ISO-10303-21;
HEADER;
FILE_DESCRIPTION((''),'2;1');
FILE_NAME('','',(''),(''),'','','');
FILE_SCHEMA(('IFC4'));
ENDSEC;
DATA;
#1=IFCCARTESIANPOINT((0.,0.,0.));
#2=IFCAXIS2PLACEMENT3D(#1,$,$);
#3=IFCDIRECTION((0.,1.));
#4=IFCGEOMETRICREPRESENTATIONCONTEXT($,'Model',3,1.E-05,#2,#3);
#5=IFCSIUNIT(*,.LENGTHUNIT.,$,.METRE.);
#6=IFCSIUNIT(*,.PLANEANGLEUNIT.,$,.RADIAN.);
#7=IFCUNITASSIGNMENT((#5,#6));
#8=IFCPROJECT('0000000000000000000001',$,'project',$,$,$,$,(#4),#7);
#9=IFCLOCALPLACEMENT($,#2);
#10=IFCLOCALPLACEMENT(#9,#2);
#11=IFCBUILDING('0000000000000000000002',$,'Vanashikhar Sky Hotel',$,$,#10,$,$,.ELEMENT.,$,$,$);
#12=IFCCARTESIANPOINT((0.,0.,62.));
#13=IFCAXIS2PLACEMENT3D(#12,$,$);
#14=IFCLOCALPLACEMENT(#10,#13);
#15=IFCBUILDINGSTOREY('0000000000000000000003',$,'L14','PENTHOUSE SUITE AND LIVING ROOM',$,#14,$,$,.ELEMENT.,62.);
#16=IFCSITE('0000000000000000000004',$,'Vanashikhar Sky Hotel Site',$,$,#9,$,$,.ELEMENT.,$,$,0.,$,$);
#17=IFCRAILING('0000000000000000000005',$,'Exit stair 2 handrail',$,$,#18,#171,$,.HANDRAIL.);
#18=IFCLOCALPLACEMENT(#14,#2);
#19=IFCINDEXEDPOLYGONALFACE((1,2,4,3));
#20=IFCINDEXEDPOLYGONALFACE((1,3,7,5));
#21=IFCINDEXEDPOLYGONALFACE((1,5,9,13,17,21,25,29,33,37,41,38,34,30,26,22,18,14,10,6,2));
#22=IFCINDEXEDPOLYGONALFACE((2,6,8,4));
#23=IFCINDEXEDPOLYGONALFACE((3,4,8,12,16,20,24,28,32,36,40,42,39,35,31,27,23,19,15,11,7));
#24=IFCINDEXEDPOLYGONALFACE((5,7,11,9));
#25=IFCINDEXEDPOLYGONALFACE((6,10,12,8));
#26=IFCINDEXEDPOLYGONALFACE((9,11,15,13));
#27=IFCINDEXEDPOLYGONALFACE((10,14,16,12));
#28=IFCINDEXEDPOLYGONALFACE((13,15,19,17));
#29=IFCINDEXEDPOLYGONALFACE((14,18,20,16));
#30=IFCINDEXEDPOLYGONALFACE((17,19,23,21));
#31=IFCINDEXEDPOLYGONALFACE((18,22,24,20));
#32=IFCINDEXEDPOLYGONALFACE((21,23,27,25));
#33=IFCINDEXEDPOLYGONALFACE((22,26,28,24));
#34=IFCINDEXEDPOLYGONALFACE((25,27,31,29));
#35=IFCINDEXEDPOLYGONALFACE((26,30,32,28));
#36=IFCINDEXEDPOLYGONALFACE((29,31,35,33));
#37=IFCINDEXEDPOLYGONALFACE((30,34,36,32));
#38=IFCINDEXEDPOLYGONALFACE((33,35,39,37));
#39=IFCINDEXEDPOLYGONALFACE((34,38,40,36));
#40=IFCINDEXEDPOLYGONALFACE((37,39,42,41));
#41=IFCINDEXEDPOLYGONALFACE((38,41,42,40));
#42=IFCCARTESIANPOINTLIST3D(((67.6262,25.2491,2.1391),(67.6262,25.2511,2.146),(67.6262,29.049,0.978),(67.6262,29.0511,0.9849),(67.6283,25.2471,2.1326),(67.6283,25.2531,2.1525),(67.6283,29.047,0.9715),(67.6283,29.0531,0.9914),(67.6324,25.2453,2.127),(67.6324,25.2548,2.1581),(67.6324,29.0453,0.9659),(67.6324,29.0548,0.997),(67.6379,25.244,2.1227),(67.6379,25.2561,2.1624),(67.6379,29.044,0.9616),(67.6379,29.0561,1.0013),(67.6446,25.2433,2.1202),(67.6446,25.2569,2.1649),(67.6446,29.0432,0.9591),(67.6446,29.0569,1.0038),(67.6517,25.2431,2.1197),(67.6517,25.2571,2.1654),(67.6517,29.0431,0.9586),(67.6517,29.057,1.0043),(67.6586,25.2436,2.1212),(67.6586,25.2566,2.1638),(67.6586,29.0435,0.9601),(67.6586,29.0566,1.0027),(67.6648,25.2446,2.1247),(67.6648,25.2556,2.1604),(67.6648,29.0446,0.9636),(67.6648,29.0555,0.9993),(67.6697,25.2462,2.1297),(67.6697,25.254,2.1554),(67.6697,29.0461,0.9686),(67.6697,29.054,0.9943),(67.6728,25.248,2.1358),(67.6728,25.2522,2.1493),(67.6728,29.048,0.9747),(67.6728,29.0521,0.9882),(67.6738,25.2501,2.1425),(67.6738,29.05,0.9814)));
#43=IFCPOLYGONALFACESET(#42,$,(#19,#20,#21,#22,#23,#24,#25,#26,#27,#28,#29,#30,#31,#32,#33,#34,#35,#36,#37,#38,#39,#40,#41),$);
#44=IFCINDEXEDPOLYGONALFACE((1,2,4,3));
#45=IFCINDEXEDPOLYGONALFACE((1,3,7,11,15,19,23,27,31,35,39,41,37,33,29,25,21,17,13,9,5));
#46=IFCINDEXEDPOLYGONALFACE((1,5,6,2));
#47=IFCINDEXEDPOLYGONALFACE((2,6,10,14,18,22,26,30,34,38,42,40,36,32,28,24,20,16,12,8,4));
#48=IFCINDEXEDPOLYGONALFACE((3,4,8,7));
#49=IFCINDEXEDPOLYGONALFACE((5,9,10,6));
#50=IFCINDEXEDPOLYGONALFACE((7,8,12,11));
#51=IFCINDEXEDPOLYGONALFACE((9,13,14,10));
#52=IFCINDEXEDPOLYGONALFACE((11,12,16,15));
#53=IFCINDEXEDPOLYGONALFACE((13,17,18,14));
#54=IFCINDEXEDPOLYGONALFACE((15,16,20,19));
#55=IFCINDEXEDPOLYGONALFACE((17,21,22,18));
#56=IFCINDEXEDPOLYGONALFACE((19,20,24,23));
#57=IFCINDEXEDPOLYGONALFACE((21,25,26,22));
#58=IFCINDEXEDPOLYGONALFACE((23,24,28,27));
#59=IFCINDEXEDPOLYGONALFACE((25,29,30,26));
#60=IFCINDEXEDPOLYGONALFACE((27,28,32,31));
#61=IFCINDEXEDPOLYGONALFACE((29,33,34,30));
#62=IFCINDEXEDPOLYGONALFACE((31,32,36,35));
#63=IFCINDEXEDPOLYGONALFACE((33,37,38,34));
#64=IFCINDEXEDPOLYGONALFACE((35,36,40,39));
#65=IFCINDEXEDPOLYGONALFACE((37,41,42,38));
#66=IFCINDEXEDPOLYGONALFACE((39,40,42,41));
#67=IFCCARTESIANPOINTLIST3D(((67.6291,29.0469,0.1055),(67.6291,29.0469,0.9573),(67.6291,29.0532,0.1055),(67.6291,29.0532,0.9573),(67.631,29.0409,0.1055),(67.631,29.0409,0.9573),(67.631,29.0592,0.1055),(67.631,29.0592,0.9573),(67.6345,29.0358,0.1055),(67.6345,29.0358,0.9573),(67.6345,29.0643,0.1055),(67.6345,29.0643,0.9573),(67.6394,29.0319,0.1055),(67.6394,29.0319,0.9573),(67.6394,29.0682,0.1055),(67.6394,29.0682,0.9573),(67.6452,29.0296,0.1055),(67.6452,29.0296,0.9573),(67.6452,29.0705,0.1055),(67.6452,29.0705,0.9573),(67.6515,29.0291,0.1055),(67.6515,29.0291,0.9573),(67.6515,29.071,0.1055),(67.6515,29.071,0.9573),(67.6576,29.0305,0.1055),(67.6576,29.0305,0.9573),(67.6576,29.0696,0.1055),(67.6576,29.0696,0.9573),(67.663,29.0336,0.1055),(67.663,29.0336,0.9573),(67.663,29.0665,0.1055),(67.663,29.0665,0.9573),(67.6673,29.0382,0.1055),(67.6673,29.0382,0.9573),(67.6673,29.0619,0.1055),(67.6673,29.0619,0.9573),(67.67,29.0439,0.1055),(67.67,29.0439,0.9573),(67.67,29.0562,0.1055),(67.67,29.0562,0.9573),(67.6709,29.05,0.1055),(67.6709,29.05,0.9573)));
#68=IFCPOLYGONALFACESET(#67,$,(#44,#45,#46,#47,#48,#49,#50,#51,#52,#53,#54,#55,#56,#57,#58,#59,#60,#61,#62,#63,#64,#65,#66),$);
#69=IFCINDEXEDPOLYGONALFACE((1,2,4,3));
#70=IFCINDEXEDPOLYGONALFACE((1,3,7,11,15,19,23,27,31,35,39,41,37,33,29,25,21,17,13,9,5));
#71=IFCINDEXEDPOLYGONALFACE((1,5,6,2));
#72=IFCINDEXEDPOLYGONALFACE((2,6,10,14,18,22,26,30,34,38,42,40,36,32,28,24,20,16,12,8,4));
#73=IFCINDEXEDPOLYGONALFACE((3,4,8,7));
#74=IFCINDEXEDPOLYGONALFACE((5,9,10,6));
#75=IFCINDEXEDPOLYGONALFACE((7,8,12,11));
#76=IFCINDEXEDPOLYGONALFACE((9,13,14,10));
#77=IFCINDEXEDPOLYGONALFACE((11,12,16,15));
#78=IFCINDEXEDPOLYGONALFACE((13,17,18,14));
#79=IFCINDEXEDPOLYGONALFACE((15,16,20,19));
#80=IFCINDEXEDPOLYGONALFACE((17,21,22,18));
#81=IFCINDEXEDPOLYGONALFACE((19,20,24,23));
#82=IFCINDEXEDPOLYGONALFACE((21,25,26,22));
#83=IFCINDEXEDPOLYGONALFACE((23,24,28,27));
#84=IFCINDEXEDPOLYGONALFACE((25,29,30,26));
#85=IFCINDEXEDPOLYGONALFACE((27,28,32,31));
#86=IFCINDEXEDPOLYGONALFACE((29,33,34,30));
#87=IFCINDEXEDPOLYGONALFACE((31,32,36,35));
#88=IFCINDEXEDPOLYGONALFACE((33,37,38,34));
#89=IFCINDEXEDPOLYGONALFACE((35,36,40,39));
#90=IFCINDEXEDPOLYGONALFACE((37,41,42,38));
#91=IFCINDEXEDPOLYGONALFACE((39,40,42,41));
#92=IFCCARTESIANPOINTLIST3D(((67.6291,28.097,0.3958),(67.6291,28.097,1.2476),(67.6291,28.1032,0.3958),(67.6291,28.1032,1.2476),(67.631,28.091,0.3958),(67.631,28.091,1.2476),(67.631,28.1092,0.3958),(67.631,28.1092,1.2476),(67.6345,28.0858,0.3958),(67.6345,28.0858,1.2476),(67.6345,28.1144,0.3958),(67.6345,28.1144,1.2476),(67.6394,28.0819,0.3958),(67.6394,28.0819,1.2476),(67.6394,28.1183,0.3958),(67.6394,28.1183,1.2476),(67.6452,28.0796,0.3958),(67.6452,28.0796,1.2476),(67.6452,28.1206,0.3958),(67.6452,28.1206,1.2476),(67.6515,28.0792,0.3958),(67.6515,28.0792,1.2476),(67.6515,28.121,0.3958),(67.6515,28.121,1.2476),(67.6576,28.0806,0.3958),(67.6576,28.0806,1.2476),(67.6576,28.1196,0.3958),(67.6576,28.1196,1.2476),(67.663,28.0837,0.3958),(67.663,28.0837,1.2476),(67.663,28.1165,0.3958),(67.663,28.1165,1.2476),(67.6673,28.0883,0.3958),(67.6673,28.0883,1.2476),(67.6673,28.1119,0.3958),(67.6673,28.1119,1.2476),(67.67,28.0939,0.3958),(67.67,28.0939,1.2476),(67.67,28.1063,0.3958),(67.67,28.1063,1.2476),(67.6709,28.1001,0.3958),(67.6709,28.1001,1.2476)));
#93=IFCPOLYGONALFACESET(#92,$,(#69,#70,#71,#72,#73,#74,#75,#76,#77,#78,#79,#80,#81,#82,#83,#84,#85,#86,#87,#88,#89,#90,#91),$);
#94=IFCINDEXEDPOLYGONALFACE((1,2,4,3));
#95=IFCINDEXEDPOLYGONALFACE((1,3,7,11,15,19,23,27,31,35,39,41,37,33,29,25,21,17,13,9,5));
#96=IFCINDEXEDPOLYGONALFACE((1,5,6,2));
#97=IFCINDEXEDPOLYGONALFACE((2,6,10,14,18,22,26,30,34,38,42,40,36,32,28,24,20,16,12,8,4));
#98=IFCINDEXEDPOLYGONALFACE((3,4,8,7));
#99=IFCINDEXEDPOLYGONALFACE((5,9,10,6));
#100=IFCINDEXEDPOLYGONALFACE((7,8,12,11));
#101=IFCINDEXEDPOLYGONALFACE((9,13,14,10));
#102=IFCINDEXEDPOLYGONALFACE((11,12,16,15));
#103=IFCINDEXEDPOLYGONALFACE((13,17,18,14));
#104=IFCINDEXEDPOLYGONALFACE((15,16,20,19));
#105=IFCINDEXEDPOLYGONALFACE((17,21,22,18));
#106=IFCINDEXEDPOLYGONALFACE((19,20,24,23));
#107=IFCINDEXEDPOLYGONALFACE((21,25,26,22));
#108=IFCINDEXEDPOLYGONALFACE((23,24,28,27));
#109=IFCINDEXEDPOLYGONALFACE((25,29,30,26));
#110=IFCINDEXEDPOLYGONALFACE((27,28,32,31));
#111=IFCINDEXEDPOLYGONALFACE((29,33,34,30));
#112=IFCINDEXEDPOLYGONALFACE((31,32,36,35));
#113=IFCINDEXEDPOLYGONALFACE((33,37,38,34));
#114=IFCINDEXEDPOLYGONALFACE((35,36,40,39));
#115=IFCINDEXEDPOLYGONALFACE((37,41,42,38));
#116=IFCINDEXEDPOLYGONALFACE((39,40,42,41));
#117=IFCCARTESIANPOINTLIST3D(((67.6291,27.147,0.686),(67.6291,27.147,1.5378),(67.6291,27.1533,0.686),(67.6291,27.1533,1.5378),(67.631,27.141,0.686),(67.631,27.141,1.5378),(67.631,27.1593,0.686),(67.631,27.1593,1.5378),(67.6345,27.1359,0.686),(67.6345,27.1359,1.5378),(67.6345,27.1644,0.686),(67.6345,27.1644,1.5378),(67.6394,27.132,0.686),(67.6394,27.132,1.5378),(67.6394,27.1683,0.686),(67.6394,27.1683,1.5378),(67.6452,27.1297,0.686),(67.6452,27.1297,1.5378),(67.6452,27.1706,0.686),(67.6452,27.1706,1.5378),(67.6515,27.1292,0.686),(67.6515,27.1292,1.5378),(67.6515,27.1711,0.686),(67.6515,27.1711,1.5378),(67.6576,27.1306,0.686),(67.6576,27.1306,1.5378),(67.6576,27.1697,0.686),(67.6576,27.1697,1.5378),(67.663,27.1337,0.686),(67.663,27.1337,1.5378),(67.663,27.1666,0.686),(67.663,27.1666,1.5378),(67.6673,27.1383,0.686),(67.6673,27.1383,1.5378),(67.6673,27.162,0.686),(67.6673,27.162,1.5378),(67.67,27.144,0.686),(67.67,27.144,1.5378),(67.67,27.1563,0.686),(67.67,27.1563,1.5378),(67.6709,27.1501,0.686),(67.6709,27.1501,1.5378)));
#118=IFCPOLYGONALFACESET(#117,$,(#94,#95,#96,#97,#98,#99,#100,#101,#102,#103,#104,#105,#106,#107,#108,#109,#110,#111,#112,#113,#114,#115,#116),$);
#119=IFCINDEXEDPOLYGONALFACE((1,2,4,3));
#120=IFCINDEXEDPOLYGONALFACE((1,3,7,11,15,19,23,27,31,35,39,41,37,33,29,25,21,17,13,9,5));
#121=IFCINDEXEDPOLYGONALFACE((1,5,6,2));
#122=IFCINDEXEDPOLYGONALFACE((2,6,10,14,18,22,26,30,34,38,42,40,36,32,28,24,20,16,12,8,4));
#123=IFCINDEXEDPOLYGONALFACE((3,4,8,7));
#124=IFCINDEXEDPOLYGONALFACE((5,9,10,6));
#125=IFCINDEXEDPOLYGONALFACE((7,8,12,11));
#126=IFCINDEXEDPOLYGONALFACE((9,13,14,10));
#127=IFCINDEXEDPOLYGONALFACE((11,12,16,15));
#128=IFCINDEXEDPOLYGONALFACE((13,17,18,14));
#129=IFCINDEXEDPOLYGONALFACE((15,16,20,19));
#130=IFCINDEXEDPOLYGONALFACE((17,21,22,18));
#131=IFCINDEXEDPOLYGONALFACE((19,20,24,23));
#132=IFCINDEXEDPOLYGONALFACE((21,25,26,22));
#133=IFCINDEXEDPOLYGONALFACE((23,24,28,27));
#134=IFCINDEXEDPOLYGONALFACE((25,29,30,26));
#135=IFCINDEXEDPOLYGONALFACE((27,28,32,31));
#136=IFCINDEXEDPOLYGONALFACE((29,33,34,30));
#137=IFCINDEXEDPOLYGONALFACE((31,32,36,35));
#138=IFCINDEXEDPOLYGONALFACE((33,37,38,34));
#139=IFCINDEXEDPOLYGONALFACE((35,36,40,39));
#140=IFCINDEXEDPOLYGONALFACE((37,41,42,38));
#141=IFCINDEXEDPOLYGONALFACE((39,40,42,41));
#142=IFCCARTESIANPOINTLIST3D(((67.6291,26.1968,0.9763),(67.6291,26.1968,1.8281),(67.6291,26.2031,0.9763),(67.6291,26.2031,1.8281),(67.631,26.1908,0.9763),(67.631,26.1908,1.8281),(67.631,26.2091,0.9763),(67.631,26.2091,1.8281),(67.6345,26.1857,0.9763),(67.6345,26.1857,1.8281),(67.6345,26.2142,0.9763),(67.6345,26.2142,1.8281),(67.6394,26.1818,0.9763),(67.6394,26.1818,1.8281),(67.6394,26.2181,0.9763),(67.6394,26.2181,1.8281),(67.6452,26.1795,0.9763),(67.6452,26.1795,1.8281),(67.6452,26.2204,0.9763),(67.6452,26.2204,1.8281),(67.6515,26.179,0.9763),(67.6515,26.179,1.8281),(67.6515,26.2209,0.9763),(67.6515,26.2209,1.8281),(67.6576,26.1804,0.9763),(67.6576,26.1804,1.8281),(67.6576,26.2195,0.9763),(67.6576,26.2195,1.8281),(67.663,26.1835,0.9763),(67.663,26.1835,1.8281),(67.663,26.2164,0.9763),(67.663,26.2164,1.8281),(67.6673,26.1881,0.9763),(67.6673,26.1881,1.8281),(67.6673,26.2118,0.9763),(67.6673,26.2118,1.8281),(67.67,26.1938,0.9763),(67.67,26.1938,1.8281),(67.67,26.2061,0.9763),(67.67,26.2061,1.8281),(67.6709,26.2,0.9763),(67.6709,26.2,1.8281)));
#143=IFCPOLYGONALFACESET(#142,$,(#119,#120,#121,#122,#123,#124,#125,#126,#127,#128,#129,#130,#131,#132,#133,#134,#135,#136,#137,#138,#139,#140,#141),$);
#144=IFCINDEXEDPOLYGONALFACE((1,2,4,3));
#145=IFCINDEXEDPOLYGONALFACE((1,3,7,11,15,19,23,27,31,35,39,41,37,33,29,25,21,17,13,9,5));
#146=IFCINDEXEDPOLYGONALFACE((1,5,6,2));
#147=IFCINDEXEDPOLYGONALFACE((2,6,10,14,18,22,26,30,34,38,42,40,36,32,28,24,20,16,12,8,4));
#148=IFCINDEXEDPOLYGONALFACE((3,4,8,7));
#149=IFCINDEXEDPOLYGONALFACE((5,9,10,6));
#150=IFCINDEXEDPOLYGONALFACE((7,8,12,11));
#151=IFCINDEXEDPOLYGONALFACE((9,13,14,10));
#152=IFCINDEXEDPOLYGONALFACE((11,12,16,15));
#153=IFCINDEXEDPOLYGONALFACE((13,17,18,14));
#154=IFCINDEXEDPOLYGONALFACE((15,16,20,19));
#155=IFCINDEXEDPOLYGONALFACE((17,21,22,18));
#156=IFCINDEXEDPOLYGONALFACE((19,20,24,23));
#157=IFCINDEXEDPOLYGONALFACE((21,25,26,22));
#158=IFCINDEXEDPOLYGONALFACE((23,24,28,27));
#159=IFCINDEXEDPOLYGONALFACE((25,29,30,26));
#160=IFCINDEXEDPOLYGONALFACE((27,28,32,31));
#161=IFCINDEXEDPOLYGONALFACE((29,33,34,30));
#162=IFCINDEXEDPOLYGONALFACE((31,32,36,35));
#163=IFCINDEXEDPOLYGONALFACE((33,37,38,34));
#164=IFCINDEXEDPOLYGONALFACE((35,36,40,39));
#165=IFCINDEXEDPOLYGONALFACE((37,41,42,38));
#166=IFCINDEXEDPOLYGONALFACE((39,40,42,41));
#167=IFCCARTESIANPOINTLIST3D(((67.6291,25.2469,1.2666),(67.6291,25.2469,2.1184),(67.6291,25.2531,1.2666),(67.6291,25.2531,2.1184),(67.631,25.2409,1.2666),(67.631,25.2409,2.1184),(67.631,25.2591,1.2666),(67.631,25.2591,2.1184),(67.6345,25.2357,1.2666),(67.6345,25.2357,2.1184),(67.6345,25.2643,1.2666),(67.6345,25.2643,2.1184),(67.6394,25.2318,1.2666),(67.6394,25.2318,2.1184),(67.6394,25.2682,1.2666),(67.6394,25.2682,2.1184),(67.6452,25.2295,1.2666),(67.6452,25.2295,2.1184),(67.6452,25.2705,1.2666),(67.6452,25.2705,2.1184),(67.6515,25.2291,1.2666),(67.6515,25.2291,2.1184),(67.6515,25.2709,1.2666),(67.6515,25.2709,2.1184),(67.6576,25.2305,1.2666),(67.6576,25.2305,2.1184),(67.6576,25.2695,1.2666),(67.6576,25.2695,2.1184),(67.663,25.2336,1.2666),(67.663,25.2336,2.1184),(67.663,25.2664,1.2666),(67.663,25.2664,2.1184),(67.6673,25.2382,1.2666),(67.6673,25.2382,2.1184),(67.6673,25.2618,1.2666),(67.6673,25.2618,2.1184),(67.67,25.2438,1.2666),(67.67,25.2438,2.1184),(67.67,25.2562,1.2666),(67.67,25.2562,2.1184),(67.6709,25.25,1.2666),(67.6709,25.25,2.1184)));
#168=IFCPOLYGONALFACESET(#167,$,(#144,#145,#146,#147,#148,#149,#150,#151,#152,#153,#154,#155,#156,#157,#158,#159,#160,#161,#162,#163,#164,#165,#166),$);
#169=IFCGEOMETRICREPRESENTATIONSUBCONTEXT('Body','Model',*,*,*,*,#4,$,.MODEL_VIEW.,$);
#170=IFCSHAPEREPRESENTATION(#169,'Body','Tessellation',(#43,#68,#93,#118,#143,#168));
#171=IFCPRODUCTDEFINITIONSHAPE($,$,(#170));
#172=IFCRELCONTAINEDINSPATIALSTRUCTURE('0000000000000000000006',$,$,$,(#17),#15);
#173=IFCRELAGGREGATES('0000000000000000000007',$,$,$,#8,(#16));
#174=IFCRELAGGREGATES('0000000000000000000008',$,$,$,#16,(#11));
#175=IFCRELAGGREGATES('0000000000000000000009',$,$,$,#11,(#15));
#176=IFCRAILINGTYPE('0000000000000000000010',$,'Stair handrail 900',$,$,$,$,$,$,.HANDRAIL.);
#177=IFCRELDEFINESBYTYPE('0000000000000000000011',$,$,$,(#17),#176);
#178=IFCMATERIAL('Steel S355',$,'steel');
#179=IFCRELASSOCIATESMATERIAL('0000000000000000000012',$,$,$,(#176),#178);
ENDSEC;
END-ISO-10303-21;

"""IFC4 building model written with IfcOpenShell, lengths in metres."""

from ifc_helpers import new_model, si_unit, direction, frame, origin, origin_2d, place, context, subcontext, project, spatial, circle, extrude, source, transform, mapped, material, type_object, element, save


model = new_model("IFC4")

# Units and contexts
model_context = context("Model", 3, precision=1e-05, world=origin(), true_north=direction((0.0, 1.0)))
body_context = subcontext(model_context, "Body", "Model", "MODEL_VIEW")
ifc_project = project(units=[si_unit("LENGTHUNIT", "METRE"), si_unit("PLANEANGLEUNIT", "RADIAN")], contexts=[model_context])

# Site, building, storey
site_placement = place(None, origin())
site = spatial("IfcSite", under=ifc_project, at=site_placement, Name="Vanashikhar Sky Hotel Site", CompositionType="ELEMENT", RefElevation=0.0)
building_placement = place(site_placement, origin())
building = spatial("IfcBuilding", under=site, at=building_placement, Name="Vanashikhar Sky Hotel", CompositionType="ELEMENT")
storey_placement = place(building_placement, frame((0.0, 0.0, 62.0)))
storey = spatial("IfcBuildingStorey", under=building, at=storey_placement, Name="L14", Description="PENTHOUSE SUITE AND LIVING ROOM", CompositionType="ELEMENT", Elevation=62.0)

# Railing
ifc_material_1 = material(Name="Steel S355", Category="steel")
railing_type_1 = type_object("IfcRailingType", Name="Stair handrail 900", PredefinedType="HANDRAIL", material=ifc_material_1)
shared_shape_1 = source(origin(), body_context, "Body", "SweptSolid", [
    extrude(circle(Radius=0.0239, at=origin_2d()), frame((0.0, 0.0, 0.876), z_axis=(0.0, -0.956351, 0.29222), x_axis=(1.0, 0.0, 0.0)), (0.0, 0.0, 1.0), 3.9734),
    extrude(circle(Radius=0.021, at=origin_2d()), origin(), (0.0, 0.0, 1.0), 0.8518),
    extrude(circle(Radius=0.021, at=origin_2d()), frame((0.0, -0.95, 0.2903)), (0.0, 0.0, 1.0), 0.8518),
    extrude(circle(Radius=0.021, at=origin_2d()), frame((0.0, -1.8999, 0.5806)), (0.0, 0.0, 1.0), 0.8518),
    extrude(circle(Radius=0.021, at=origin_2d()), frame((0.0, -2.8501, 0.8708)), (0.0, 0.0, 1.0), 0.8518),
    extrude(circle(Radius=0.021, at=origin_2d()), frame((0.0, -3.8, 1.1611)), (0.0, 0.0, 1.0), 0.8518),
])
for number, where, name in (
    (1, (67.6499, 29.05, 0.1055), "Exit stair 2 handrail"),
):
    element("IfcRailing", number, at=place(storey_placement, frame(where)), inside=storey, type_object=railing_type_1, Name=name, PredefinedType="HANDRAIL", context=body_context, shape_type="MappedRepresentation", body=[
        mapped(shared_shape_1, transform((0.0, 0.0, 0.0), scale=1.0)),
    ])

save(model, "model.ifc")
